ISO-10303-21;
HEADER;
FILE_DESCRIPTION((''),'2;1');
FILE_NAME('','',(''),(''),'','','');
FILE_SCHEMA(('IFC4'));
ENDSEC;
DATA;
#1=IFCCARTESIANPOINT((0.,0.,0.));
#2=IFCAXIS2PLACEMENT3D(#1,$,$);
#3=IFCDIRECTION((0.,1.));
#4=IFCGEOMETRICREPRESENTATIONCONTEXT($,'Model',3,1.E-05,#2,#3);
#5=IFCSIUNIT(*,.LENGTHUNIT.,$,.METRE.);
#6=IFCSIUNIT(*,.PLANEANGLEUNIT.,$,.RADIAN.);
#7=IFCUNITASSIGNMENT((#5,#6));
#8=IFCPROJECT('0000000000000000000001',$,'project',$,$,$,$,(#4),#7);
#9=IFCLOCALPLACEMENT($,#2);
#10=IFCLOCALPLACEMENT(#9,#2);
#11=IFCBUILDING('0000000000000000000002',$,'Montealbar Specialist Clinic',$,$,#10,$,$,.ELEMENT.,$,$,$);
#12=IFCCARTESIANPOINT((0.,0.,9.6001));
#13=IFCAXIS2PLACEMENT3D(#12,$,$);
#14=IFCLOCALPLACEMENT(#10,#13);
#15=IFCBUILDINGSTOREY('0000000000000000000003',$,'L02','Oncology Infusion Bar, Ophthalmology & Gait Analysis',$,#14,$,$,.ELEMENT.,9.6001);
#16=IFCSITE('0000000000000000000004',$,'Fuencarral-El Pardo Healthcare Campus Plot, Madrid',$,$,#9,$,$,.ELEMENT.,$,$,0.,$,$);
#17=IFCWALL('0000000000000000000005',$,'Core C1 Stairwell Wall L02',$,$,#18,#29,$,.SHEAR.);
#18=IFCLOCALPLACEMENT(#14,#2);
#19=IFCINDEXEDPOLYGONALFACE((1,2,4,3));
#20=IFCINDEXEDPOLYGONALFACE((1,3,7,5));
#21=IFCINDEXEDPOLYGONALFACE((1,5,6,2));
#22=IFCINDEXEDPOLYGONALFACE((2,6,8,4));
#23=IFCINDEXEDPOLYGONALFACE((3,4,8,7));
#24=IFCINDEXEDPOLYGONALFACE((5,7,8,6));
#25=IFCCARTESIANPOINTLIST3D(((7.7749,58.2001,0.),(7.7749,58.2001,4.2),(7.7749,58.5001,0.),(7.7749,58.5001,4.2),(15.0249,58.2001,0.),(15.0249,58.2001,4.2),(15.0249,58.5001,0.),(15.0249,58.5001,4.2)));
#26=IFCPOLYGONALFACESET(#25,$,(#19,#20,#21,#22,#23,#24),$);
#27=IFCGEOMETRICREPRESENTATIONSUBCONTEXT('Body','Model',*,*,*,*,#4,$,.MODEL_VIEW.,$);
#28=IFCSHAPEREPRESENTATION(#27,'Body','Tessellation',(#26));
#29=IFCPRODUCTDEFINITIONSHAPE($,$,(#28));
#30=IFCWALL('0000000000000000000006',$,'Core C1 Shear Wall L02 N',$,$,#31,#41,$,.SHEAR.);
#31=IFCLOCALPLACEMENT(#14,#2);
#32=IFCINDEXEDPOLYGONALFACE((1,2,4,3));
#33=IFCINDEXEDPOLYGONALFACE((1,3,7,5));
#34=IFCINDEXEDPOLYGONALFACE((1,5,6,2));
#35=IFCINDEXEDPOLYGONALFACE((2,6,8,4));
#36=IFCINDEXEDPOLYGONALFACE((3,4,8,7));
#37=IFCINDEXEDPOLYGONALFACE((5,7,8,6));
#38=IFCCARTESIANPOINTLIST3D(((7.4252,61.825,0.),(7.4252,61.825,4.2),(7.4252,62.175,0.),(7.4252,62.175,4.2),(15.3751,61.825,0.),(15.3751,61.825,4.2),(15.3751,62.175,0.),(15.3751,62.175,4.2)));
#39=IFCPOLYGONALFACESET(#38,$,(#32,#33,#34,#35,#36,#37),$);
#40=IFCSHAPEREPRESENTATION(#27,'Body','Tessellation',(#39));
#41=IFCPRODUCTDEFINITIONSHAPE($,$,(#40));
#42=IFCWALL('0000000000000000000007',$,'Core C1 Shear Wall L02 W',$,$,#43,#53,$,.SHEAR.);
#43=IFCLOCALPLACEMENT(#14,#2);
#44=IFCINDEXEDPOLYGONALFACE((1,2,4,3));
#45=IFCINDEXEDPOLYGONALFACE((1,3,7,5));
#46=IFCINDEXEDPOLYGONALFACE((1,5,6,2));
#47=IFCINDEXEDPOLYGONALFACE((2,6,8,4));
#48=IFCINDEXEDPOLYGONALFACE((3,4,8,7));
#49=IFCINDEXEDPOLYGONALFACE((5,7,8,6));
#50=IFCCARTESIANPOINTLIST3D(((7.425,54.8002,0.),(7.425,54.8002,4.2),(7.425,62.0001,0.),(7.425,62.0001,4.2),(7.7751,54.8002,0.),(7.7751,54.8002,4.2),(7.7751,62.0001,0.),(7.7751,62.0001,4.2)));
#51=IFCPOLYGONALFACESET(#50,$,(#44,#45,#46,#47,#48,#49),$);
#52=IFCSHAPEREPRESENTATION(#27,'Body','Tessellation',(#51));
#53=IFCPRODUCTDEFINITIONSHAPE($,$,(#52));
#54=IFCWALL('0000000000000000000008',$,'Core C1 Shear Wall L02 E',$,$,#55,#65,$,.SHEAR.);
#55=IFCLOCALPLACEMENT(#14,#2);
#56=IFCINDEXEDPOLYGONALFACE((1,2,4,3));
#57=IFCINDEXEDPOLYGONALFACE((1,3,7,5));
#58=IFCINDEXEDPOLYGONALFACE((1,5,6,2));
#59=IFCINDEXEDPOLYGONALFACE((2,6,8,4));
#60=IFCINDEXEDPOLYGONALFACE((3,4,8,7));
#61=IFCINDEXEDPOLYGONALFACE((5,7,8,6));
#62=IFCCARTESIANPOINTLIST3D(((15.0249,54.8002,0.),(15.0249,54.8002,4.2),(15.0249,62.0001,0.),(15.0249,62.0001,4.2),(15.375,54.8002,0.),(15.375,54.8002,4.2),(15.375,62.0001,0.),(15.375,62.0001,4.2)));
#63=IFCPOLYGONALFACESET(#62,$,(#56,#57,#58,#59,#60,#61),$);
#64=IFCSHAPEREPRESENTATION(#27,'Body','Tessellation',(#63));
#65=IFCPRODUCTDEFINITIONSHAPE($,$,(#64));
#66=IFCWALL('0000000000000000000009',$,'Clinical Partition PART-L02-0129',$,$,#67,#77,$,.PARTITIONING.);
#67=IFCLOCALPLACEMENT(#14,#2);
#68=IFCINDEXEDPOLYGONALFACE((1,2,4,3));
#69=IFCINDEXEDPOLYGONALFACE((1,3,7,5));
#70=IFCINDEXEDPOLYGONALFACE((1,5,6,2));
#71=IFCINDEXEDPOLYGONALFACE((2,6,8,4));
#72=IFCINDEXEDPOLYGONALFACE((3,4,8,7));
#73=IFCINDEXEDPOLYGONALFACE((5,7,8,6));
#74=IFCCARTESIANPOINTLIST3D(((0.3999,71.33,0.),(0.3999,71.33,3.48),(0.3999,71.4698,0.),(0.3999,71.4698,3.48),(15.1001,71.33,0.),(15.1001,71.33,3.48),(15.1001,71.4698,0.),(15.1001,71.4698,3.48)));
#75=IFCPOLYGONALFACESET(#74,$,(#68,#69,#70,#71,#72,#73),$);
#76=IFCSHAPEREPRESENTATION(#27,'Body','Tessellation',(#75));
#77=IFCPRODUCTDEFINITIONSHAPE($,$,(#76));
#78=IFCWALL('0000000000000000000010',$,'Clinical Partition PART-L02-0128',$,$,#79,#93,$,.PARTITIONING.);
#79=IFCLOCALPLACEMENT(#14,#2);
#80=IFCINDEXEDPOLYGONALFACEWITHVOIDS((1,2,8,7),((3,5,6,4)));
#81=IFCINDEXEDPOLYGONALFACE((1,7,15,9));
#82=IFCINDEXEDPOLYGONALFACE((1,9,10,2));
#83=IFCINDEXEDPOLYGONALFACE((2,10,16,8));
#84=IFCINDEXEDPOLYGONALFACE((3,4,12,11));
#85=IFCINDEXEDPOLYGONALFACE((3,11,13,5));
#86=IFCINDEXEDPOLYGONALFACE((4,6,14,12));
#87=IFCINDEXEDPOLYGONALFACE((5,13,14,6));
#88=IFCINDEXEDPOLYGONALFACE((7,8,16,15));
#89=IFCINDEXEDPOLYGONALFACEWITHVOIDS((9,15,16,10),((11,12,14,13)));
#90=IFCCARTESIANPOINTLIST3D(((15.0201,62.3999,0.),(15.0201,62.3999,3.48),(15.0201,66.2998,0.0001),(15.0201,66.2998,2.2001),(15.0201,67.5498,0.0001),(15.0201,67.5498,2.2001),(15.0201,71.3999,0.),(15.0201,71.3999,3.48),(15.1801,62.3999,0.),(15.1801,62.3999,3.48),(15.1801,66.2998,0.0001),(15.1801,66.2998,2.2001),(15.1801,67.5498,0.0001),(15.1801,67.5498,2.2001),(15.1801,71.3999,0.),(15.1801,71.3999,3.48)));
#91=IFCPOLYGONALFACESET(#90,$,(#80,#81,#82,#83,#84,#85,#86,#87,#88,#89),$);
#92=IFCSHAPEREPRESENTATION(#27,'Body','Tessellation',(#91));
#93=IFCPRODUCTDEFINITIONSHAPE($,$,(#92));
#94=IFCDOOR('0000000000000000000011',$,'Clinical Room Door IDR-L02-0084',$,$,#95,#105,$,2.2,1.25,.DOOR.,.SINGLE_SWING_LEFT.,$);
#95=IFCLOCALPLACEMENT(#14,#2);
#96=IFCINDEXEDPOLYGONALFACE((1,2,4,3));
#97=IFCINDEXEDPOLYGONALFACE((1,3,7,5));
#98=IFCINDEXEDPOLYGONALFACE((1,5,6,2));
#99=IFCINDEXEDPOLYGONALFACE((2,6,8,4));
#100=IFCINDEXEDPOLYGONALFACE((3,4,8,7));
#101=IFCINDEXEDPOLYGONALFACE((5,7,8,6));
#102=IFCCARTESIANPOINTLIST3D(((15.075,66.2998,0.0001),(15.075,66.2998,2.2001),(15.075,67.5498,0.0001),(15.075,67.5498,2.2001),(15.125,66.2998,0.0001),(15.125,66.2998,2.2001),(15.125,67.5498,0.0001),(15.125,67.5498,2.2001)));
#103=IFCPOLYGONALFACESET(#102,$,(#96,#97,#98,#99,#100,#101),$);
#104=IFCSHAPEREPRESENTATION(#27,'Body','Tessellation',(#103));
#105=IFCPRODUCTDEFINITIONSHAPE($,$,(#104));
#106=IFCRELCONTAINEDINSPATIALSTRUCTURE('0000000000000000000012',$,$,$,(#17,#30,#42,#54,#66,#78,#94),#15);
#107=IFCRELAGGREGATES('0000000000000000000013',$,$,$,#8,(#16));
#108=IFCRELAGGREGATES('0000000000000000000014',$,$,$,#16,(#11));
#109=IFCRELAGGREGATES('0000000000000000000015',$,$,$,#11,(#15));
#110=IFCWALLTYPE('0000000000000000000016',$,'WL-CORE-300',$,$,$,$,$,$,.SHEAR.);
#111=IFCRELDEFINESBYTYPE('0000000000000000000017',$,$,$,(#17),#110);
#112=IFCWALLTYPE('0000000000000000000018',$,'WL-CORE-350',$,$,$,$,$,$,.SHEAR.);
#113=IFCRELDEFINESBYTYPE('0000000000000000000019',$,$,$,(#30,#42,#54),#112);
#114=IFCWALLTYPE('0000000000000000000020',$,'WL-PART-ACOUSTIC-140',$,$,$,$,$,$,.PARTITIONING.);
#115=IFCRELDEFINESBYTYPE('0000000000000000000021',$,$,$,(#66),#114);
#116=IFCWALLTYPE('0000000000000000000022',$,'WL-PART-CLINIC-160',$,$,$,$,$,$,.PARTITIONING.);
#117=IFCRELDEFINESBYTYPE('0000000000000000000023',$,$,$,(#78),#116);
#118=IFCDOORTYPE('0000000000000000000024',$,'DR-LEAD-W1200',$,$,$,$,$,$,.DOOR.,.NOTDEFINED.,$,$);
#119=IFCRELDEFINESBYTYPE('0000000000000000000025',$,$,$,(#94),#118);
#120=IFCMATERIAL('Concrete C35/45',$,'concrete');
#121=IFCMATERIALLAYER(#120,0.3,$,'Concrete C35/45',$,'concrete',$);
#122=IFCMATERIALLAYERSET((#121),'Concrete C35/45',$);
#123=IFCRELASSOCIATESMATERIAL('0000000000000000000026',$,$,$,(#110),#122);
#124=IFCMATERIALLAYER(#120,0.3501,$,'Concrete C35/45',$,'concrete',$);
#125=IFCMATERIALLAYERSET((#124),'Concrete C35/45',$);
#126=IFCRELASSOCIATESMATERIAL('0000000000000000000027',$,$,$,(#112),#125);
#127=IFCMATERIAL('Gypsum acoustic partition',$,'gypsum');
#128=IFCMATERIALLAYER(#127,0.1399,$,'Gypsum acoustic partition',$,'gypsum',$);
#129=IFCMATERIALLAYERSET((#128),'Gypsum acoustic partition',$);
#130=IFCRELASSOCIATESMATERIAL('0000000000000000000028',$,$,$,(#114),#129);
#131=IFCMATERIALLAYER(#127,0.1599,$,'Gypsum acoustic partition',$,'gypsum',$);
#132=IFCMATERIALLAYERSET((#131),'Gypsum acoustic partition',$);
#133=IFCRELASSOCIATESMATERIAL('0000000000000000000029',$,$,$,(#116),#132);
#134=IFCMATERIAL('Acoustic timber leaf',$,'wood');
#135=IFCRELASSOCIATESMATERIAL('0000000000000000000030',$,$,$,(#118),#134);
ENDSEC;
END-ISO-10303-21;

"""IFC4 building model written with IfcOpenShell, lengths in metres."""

from ifc_helpers import new_model, si_unit, direction, frame, frame_2d, origin, place, context, subcontext, project, spatial, rectangle, extrude, material, layer, layer_set, type_object, element, fill, save


model = new_model("IFC4")

# Units and contexts
model_context = context("Model", 3, precision=1e-05, world=origin(), true_north=direction((0.0, 1.0)))
body_context = subcontext(model_context, "Body", "Model", "MODEL_VIEW")
ifc_project = project(units=[si_unit("LENGTHUNIT", "METRE"), si_unit("PLANEANGLEUNIT", "RADIAN")], contexts=[model_context])

# Site, building, storey
site_placement = place(None, origin())
site = spatial("IfcSite", under=ifc_project, at=site_placement, Name="Fuencarral-El Pardo Healthcare Campus Plot, Madrid", CompositionType="ELEMENT", RefElevation=0.0)
building_placement = place(site_placement, origin())
building = spatial("IfcBuilding", under=site, at=building_placement, Name="Montealbar Specialist Clinic", CompositionType="ELEMENT")
storey_placement = place(building_placement, frame((0.0, 0.0, 9.6001)))
storey = spatial("IfcBuildingStorey", under=building, at=storey_placement, Name="L02", Description="Oncology Infusion Bar, Ophthalmology & Gait Analysis", CompositionType="ELEMENT", Elevation=9.6001)

# Wall
ifc_material_1 = material(Name="Concrete C35/45", Category="concrete")
ifc_layer_1 = layer(ifc_material_1, 0.3, Name="Concrete C35/45", Category="concrete")
ifc_layer_set_1 = layer_set([ifc_layer_1], Name="Concrete C35/45")
wall_type_1 = type_object("IfcWallType", Name="WL-CORE-300", PredefinedType="SHEAR", material=ifc_layer_set_1)
wall_1_placement = place(storey_placement, frame((7.7749, 58.3501, 0.0), z_axis=(0.0, 0.0, 1.0), x_axis=(1.0, 0.0, 0.0)))
element("IfcWall", 1, at=wall_1_placement, inside=storey, type_object=wall_type_1, Name="Core C1 Stairwell Wall L02", PredefinedType="SHEAR", context=body_context, shape_type="SweptSolid", body=[
    extrude(rectangle(XDim=7.25, YDim=0.3, at=frame_2d((3.625, 0.0))), origin(), (0.0, 0.0, 1.0), 4.2),
])

# Shared definitions
ifc_layer_2 = layer(ifc_material_1, 0.3501, Name="Concrete C35/45", Category="concrete")
ifc_layer_set_2 = layer_set([ifc_layer_2], Name="Concrete C35/45")
wall_type_2 = type_object("IfcWallType", Name="WL-CORE-350", PredefinedType="SHEAR", material=ifc_layer_set_2)

# Walls
wall_2_placement = place(storey_placement, frame((7.425, 62.0, 0.0), z_axis=(0.0, 0.0, 1.0), x_axis=(1.0, 0.0, 0.0)))
element("IfcWall", 2, at=wall_2_placement, inside=storey, type_object=wall_type_2, Name="Core C1 Shear Wall L02 N", PredefinedType="SHEAR", context=body_context, shape_type="SweptSolid", body=[
    extrude(rectangle(XDim=7.95, YDim=0.3501, at=frame_2d((3.9751, 0.0))), origin(), (0.0, 0.0, 1.0), 4.2),
])
for number, where, z_axis, x_axis, name in (
    (3, (7.6001, 54.8, 0.0), (0.0, 0.0, 1.0), (0.0, 1.0, 0.0), "Core C1 Shear Wall L02 W"),
    (4, (15.2, 54.8, 0.0), (0.0, 0.0, 1.0), (0.0, 1.0, 0.0), "Core C1 Shear Wall L02 E"),
):
    element("IfcWall", number, at=place(storey_placement, frame(where, z_axis=z_axis, x_axis=x_axis)), inside=storey, type_object=wall_type_2, Name=name, PredefinedType="SHEAR", context=body_context, shape_type="SweptSolid", body=[
        extrude(rectangle(XDim=7.2, YDim=0.3501, at=frame_2d((3.6001, 0.0))), origin(), (0.0, 0.0, 1.0), 4.2),
    ])
ifc_material_2 = material(Name="Gypsum acoustic partition", Category="gypsum")
ifc_layer_3 = layer(ifc_material_2, 0.1399, Name="Gypsum acoustic partition", Category="gypsum")
ifc_layer_set_3 = layer_set([ifc_layer_3], Name="Gypsum acoustic partition")
wall_type_3 = type_object("IfcWallType", Name="WL-PART-ACOUSTIC-140", PredefinedType="PARTITIONING", material=ifc_layer_set_3)
wall_3_placement = place(storey_placement, frame((0.3999, 71.3999, 0.0), z_axis=(0.0, 0.0, 1.0), x_axis=(1.0, 0.0, 0.0)))
element("IfcWall", 5, at=wall_3_placement, inside=storey, type_object=wall_type_3, Name="Clinical Partition PART-L02-0129", PredefinedType="PARTITIONING", context=body_context, shape_type="SweptSolid", body=[
    extrude(rectangle(XDim=14.7002, YDim=0.1399, at=frame_2d((7.3501, 0.0))), origin(), (0.0, 0.0, 1.0), 3.48),
])

# Wall, opening, door
ifc_layer_4 = layer(ifc_material_2, 0.1599, Name="Gypsum acoustic partition", Category="gypsum")
ifc_layer_set_4 = layer_set([ifc_layer_4], Name="Gypsum acoustic partition")
wall_type_4 = type_object("IfcWallType", Name="WL-PART-CLINIC-160", PredefinedType="PARTITIONING", material=ifc_layer_set_4)
wall_4_placement = place(storey_placement, frame((15.1001, 62.3999, 0.0), z_axis=(0.0, 0.0, 1.0), x_axis=(0.0, 1.0, 0.0)))
wall_4 = element("IfcWall", 6, at=wall_4_placement, inside=storey, type_object=wall_type_4, Name="Clinical Partition PART-L02-0128", PredefinedType="PARTITIONING", context=body_context, shape_type="SweptSolid", body=[
    extrude(rectangle(XDim=9.0, YDim=0.1599, at=frame_2d((4.5, 0.0))), origin(), (0.0, 0.0, 1.0), 3.48),
])
opening_1_placement = place(wall_4_placement, frame((3.8999, 0.0, 0.0)))
opening_1 = element("IfcOpeningElement", 7, at=opening_1_placement, cuts=wall_4, PredefinedType="OPENING", context=body_context, shape_type="SweptSolid", body=[
    extrude(rectangle(XDim=1.25, YDim=2.2, at=frame_2d((0.625, 1.1001))), frame((0.0, 0.0898, 0.0), z_axis=(0.0, -1.0, 0.0), x_axis=(1.0, 0.0, 0.0)), (0.0, 0.0, 1.0), 0.1799),
])
ifc_material_3 = material(Name="Acoustic timber leaf", Category="wood")
door_type_1 = type_object("IfcDoorType", Name="DR-LEAD-W1200", OperationType="NOTDEFINED", PredefinedType="DOOR", material=ifc_material_3)
door_1_placement = place(opening_1_placement, frame((1.25, 0.0, 0.0), z_axis=(0.0, 0.0, 1.0), x_axis=(-1.0, 0.0, 0.0)))
door_1 = element("IfcDoor", 8, at=door_1_placement, inside=storey, type_object=door_type_1, Name="Clinical Room Door IDR-L02-0084", OperationType="SINGLE_SWING_LEFT", OverallHeight=2.2, OverallWidth=1.25, PredefinedType="DOOR", context=body_context, shape_type="SweptSolid", body=[
    extrude(rectangle(XDim=1.25, YDim=2.2, at=frame_2d((0.625, 1.1001))), frame((0.0, 0.0249, 0.0), z_axis=(0.0, -1.0, 0.0), x_axis=(1.0, 0.0, 0.0)), (0.0, 0.0, 1.0), 0.05),
])
fill(opening_1, door_1)

save(model, "model.ifc")
